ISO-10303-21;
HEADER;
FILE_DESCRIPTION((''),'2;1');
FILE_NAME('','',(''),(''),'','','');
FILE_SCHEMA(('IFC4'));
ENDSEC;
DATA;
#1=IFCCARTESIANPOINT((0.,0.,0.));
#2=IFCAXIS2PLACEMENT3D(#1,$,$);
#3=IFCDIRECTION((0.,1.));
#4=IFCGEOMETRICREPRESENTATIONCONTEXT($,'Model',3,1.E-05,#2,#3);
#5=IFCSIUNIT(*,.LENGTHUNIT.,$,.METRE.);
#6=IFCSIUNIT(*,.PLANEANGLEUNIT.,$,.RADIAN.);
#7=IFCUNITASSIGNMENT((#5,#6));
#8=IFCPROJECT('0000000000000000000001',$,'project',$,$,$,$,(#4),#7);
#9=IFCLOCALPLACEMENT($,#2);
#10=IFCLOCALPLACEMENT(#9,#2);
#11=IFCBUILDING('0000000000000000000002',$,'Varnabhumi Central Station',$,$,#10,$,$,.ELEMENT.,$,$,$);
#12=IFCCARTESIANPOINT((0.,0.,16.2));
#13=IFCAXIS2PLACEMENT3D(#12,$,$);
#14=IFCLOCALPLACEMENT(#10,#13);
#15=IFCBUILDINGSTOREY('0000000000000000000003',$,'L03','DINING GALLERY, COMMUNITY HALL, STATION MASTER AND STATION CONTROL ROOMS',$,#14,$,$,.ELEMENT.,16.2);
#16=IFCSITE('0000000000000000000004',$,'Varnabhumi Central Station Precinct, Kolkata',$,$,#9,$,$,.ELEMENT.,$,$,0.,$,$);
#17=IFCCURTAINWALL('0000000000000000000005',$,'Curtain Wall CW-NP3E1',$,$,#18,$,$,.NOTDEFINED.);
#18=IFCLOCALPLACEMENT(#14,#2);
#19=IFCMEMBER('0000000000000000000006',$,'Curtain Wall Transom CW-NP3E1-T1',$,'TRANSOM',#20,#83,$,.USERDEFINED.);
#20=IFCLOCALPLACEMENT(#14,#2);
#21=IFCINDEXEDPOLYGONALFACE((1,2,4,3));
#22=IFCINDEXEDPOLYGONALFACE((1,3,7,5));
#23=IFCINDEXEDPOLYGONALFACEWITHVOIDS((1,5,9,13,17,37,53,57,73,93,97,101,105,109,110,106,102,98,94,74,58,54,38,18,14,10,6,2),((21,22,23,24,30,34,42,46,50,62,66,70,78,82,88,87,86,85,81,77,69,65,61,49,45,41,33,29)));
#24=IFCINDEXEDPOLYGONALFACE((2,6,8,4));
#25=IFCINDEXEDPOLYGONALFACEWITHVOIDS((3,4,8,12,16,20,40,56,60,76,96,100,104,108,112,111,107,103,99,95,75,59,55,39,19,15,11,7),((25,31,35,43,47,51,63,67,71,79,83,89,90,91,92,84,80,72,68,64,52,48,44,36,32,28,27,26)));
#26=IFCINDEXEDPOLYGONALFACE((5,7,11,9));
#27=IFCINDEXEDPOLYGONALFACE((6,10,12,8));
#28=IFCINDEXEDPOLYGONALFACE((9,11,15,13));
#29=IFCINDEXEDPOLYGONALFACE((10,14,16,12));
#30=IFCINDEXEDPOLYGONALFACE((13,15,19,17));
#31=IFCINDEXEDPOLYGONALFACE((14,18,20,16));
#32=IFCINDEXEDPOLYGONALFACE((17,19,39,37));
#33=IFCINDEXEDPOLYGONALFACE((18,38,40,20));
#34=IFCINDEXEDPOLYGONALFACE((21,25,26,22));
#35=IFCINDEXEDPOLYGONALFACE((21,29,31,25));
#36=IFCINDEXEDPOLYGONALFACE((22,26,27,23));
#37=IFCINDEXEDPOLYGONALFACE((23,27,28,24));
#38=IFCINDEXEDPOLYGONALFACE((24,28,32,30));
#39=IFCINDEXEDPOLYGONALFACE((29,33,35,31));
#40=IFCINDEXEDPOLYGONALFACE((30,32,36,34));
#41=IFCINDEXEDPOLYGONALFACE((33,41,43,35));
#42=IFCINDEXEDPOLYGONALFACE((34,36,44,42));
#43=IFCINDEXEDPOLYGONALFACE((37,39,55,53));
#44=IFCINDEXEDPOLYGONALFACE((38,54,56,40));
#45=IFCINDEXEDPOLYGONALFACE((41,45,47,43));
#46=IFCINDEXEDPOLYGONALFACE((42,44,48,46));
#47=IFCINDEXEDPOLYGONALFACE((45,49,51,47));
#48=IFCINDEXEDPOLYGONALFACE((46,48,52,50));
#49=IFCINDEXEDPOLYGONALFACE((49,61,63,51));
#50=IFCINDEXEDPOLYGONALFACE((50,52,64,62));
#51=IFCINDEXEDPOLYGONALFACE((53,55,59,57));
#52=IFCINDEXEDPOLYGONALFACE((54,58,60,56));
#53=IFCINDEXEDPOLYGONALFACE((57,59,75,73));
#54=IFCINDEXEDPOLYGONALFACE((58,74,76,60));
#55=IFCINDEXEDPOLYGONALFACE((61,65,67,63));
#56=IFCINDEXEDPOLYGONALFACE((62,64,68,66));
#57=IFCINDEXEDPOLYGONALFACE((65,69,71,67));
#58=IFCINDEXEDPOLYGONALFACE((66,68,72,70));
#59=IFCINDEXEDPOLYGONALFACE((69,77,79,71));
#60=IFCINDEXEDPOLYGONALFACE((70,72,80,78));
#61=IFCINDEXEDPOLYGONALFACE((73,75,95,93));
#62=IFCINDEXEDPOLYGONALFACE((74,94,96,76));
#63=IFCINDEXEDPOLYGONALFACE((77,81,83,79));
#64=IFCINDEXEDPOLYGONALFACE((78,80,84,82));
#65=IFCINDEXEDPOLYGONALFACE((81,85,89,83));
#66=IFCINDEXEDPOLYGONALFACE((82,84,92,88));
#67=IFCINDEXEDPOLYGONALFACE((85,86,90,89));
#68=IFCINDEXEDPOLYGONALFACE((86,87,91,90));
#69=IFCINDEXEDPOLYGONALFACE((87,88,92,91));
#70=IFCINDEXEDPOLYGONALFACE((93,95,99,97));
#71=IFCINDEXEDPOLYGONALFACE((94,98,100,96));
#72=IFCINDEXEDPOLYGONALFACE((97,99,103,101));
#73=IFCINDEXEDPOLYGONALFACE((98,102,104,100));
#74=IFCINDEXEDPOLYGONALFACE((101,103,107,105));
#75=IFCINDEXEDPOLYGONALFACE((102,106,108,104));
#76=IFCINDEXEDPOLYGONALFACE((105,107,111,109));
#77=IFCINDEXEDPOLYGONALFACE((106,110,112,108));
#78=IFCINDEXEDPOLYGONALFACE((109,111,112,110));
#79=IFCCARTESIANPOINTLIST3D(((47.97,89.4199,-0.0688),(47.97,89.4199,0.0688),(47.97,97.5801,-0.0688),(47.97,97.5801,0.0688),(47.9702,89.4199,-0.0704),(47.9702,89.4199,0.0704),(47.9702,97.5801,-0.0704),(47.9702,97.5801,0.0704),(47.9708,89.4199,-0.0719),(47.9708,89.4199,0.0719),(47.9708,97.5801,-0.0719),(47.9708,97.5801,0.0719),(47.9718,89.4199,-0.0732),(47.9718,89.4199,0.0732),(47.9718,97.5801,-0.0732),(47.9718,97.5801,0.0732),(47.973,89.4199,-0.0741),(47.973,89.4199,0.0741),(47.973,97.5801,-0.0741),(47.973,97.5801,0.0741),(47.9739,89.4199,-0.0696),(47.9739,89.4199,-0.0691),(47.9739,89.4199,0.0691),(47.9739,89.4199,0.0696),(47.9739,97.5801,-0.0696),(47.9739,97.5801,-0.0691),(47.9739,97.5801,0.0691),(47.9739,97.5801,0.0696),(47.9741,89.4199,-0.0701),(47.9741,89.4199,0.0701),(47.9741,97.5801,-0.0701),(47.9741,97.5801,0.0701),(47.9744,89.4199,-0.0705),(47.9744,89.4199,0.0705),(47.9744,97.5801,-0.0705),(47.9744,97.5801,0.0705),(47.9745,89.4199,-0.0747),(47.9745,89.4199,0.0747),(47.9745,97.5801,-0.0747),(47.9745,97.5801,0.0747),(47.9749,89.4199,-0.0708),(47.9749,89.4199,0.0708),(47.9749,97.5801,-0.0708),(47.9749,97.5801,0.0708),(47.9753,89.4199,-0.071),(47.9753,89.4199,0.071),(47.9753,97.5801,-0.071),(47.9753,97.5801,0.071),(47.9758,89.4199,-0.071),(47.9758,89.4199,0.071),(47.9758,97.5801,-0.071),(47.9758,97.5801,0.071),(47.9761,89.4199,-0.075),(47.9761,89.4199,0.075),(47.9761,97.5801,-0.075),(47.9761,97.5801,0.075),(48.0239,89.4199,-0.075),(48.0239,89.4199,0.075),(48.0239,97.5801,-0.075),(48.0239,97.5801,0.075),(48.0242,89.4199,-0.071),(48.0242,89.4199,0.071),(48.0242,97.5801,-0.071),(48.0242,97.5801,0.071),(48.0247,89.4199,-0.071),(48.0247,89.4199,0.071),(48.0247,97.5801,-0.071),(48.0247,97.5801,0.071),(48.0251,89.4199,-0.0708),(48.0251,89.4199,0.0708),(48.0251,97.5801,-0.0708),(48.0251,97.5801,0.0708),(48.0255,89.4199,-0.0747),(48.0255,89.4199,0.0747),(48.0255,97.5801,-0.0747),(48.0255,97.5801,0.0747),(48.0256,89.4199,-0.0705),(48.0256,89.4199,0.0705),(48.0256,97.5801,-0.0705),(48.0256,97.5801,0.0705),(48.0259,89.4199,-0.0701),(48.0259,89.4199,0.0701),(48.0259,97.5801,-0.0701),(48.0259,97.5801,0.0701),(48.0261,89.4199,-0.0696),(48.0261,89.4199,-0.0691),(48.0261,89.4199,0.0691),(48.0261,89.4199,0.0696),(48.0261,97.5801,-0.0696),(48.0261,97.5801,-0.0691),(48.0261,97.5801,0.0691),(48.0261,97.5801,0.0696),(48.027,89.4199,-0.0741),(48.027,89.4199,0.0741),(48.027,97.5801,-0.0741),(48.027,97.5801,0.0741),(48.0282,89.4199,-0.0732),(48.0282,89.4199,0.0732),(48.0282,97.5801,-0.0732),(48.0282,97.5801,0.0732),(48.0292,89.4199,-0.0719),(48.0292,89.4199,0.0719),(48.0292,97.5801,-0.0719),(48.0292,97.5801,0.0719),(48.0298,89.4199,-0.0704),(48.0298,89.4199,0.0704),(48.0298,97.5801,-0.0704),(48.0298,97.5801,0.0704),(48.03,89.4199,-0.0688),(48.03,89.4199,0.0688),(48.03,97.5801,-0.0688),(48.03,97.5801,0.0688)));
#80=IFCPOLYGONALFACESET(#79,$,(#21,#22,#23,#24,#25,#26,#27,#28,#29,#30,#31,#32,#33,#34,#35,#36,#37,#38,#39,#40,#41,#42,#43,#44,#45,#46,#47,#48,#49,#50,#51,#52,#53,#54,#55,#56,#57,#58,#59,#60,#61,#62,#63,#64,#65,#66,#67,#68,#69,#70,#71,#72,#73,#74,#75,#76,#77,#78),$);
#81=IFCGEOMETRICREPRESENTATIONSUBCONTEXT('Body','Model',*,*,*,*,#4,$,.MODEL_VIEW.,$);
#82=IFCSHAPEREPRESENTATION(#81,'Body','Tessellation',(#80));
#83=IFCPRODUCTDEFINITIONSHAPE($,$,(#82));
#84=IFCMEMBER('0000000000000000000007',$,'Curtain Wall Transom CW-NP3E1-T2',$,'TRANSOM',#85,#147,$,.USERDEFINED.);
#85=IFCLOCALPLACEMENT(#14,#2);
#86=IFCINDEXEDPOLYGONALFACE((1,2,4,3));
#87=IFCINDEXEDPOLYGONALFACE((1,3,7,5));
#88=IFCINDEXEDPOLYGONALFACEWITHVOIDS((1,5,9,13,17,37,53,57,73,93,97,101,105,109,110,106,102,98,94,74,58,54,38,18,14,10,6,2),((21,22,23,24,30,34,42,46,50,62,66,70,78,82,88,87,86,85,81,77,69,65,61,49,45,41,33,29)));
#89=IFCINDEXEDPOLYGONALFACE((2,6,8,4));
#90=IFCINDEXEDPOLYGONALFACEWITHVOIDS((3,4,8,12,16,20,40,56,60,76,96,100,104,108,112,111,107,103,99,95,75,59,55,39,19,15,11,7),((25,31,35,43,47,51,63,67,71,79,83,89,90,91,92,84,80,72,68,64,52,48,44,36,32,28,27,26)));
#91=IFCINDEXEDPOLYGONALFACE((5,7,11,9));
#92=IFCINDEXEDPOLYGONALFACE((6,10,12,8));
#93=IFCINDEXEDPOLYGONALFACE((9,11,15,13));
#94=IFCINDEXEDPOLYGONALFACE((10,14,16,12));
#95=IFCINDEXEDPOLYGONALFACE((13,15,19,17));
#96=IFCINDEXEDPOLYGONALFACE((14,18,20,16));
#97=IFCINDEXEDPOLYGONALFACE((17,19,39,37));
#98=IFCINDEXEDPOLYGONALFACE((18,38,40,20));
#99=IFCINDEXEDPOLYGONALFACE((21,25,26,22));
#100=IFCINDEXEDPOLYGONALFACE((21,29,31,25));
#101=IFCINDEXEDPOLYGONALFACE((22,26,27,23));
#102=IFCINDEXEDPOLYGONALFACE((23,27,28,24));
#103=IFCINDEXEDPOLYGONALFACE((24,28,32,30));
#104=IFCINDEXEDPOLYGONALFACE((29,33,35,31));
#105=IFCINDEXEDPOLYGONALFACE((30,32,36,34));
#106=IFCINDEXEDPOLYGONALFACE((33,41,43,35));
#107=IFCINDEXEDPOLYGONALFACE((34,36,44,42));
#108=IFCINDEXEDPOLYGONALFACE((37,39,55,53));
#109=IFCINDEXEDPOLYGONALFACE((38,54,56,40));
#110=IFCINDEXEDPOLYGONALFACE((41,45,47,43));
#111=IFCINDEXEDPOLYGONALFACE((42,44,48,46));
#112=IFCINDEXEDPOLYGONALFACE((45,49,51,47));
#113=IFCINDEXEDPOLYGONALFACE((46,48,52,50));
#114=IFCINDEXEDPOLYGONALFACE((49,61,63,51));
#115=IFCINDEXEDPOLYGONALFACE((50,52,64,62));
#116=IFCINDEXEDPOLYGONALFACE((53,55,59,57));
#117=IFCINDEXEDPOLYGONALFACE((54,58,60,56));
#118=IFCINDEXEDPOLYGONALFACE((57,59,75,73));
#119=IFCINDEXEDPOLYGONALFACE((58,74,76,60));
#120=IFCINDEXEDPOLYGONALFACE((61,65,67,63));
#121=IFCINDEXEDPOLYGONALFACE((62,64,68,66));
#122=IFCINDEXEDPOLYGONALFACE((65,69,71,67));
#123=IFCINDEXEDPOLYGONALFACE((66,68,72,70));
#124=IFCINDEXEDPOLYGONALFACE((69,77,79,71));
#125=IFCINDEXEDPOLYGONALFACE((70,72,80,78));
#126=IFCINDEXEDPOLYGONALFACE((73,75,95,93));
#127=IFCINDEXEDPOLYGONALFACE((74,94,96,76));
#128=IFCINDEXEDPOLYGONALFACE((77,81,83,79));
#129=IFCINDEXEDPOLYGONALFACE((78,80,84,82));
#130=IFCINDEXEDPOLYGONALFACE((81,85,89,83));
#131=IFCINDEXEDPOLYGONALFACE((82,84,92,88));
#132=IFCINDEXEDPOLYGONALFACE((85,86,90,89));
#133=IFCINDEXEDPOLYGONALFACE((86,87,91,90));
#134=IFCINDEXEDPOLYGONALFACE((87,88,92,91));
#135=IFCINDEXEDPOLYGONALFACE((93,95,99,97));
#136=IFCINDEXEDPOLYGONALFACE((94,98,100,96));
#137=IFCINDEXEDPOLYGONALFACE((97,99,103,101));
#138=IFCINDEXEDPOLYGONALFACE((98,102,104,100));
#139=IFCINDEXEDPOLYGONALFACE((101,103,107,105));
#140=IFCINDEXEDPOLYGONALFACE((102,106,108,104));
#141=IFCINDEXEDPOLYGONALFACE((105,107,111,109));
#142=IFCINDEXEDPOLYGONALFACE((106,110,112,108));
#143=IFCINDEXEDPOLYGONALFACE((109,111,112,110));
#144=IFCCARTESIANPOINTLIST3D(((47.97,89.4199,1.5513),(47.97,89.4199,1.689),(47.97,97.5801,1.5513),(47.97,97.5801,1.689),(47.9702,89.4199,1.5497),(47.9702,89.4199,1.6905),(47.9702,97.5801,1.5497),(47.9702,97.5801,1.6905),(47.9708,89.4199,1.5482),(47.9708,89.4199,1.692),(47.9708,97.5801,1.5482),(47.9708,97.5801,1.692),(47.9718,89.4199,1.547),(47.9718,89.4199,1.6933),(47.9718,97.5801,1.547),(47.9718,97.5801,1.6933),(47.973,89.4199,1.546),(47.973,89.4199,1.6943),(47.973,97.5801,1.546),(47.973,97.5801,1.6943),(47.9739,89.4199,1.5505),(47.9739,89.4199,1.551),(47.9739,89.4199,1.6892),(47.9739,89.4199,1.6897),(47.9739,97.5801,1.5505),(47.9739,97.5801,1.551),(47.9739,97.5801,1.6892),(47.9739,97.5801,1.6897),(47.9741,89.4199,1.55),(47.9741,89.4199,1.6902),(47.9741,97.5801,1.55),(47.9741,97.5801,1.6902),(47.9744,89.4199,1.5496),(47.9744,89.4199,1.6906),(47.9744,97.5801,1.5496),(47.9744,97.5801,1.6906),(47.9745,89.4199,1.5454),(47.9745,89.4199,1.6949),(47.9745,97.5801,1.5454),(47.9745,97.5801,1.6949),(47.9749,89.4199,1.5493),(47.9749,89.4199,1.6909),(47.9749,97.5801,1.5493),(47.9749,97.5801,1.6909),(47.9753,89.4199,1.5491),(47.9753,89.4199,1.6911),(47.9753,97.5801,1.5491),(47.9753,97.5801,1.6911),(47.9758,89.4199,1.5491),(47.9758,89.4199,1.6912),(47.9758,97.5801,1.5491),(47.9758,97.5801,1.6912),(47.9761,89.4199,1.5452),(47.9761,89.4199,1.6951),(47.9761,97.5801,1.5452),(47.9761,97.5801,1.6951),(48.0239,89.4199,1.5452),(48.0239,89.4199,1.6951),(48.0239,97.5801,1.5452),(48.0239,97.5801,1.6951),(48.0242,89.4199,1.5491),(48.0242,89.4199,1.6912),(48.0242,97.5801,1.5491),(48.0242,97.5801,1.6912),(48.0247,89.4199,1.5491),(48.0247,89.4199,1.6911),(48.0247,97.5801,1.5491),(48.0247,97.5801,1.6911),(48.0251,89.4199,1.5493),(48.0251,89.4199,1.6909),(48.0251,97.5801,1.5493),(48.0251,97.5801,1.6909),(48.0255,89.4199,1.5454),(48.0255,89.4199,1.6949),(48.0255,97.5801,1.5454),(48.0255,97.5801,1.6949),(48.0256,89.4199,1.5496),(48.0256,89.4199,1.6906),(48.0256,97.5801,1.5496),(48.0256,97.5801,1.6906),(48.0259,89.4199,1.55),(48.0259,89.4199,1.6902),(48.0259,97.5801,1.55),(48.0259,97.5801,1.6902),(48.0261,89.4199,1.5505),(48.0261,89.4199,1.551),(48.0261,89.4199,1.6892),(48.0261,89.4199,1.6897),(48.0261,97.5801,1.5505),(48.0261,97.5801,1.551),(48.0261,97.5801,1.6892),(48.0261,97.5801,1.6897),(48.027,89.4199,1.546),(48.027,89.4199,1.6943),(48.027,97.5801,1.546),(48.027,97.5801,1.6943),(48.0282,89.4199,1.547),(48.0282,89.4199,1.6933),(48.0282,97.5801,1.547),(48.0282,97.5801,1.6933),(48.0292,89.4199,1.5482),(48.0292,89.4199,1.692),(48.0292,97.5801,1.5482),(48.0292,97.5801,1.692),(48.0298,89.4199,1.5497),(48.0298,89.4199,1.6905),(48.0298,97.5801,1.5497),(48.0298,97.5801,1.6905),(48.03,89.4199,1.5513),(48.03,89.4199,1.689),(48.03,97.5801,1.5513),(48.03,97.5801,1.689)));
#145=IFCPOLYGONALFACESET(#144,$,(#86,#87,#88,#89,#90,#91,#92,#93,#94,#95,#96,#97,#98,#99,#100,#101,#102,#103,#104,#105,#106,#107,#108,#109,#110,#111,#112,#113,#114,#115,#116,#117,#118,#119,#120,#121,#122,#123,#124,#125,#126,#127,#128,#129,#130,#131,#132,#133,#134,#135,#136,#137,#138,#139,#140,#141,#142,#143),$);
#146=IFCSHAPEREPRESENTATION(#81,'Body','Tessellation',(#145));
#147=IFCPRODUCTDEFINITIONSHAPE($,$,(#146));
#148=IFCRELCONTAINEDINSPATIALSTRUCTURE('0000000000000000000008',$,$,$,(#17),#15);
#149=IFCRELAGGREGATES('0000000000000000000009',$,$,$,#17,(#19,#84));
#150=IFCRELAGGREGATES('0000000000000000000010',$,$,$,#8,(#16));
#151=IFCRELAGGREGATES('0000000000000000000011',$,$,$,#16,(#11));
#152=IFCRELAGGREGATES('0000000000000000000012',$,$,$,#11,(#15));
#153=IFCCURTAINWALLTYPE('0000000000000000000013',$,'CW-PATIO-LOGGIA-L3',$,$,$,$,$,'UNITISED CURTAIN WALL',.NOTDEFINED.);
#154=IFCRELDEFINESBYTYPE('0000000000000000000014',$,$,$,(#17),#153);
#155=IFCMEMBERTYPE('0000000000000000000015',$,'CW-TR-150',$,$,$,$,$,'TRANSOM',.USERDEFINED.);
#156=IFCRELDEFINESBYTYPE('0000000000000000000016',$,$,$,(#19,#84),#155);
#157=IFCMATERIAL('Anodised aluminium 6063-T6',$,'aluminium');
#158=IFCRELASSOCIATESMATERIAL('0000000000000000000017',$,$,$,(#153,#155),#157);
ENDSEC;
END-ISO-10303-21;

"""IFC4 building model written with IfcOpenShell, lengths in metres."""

from ifc_helpers import new_model, si_unit, direction, frame, origin, origin_2d, place, context, subcontext, project, spatial, hollow_rectangle, extrude, material, material_profile, profile_set, type_object, element, aggregate, save


model = new_model("IFC4")

# Units and contexts
model_context = context("Model", 3, precision=1e-05, world=origin(), true_north=direction((0.0, 1.0)))
body_context = subcontext(model_context, "Body", "Model", "MODEL_VIEW")
ifc_project = project(units=[si_unit("LENGTHUNIT", "METRE"), si_unit("PLANEANGLEUNIT", "RADIAN")], contexts=[model_context])

# Site, building, storey
site_placement = place(None, origin())
site = spatial("IfcSite", under=ifc_project, at=site_placement, Name="Varnabhumi Central Station Precinct, Kolkata", CompositionType="ELEMENT", RefElevation=0.0)
building_placement = place(site_placement, origin())
building = spatial("IfcBuilding", under=site, at=building_placement, Name="Varnabhumi Central Station", CompositionType="ELEMENT")
storey_placement = place(building_placement, frame((0.0, 0.0, 16.2)))
storey = spatial("IfcBuildingStorey", under=building, at=storey_placement, Name="L03", Description="DINING GALLERY, COMMUNITY HALL, STATION MASTER AND STATION CONTROL ROOMS", CompositionType="ELEMENT", Elevation=16.2)

# Shared definitions
ifc_material_1 = material(Name="Anodised aluminium 6063-T6", Category="aluminium")

# Curtain wall
curtain_wall_type_1 = type_object("IfcCurtainWallType", Name="CW-PATIO-LOGGIA-L3", ElementType="UNITISED CURTAIN WALL", PredefinedType="NOTDEFINED", material=ifc_material_1)
curtain_wall_1_placement = place(storey_placement, origin())
curtain_wall_1 = element("IfcCurtainWall", 1, at=curtain_wall_1_placement, inside=storey, type_object=curtain_wall_type_1, Name="Curtain Wall CW-NP3E1", PredefinedType="NOTDEFINED")

# Members
ifc_material_profile_1 = material_profile(ifc_material_1, hollow_rectangle(XDim=0.0601, YDim=0.1499, WallThickness=0.0039, InnerFilletRadius=0.002, OuterFilletRadius=0.0061, at=origin_2d()), Name="Anodised aluminium 6063-T6", Category="aluminium")
ifc_profile_set_1 = profile_set([ifc_material_profile_1], Name="Anodised aluminium 6063-T6")
member_type_1 = type_object("IfcMemberType", Name="CW-TR-150", ElementType="TRANSOM", PredefinedType="USERDEFINED", material=ifc_profile_set_1)
member_1_placement = place(storey_placement, frame((48.0, 89.4199, 0.0), z_axis=(0.0, 1.0, 0.0), x_axis=(-1.0, 0.0, 0.0)))
member_1 = element("IfcMember", 2, at=member_1_placement, type_object=member_type_1, Name="Curtain Wall Transom CW-NP3E1-T1", ObjectType="TRANSOM", PredefinedType="USERDEFINED", context=body_context, shape_type="SweptSolid", body=[
    extrude(hollow_rectangle(XDim=0.0601, YDim=0.1499, WallThickness=0.0039, InnerFilletRadius=0.002, OuterFilletRadius=0.0061, at=origin_2d()), origin(), (0.0, 0.0, 1.0), 8.1602),
])
member_2_placement = place(storey_placement, frame((48.0, 89.4199, 1.6201), z_axis=(0.0, 1.0, 0.0), x_axis=(-1.0, 0.0, 0.0)))
member_2 = element("IfcMember", 3, at=member_2_placement, type_object=member_type_1, Name="Curtain Wall Transom CW-NP3E1-T2", ObjectType="TRANSOM", PredefinedType="USERDEFINED", context=body_context, shape_type="SweptSolid", body=[
    extrude(hollow_rectangle(XDim=0.0601, YDim=0.1499, WallThickness=0.0039, InnerFilletRadius=0.002, OuterFilletRadius=0.0061, at=origin_2d()), origin(), (0.0, 0.0, 1.0), 8.1602),
])

aggregate(curtain_wall_1, [member_1, member_2])

save(model, "model.ifc")
